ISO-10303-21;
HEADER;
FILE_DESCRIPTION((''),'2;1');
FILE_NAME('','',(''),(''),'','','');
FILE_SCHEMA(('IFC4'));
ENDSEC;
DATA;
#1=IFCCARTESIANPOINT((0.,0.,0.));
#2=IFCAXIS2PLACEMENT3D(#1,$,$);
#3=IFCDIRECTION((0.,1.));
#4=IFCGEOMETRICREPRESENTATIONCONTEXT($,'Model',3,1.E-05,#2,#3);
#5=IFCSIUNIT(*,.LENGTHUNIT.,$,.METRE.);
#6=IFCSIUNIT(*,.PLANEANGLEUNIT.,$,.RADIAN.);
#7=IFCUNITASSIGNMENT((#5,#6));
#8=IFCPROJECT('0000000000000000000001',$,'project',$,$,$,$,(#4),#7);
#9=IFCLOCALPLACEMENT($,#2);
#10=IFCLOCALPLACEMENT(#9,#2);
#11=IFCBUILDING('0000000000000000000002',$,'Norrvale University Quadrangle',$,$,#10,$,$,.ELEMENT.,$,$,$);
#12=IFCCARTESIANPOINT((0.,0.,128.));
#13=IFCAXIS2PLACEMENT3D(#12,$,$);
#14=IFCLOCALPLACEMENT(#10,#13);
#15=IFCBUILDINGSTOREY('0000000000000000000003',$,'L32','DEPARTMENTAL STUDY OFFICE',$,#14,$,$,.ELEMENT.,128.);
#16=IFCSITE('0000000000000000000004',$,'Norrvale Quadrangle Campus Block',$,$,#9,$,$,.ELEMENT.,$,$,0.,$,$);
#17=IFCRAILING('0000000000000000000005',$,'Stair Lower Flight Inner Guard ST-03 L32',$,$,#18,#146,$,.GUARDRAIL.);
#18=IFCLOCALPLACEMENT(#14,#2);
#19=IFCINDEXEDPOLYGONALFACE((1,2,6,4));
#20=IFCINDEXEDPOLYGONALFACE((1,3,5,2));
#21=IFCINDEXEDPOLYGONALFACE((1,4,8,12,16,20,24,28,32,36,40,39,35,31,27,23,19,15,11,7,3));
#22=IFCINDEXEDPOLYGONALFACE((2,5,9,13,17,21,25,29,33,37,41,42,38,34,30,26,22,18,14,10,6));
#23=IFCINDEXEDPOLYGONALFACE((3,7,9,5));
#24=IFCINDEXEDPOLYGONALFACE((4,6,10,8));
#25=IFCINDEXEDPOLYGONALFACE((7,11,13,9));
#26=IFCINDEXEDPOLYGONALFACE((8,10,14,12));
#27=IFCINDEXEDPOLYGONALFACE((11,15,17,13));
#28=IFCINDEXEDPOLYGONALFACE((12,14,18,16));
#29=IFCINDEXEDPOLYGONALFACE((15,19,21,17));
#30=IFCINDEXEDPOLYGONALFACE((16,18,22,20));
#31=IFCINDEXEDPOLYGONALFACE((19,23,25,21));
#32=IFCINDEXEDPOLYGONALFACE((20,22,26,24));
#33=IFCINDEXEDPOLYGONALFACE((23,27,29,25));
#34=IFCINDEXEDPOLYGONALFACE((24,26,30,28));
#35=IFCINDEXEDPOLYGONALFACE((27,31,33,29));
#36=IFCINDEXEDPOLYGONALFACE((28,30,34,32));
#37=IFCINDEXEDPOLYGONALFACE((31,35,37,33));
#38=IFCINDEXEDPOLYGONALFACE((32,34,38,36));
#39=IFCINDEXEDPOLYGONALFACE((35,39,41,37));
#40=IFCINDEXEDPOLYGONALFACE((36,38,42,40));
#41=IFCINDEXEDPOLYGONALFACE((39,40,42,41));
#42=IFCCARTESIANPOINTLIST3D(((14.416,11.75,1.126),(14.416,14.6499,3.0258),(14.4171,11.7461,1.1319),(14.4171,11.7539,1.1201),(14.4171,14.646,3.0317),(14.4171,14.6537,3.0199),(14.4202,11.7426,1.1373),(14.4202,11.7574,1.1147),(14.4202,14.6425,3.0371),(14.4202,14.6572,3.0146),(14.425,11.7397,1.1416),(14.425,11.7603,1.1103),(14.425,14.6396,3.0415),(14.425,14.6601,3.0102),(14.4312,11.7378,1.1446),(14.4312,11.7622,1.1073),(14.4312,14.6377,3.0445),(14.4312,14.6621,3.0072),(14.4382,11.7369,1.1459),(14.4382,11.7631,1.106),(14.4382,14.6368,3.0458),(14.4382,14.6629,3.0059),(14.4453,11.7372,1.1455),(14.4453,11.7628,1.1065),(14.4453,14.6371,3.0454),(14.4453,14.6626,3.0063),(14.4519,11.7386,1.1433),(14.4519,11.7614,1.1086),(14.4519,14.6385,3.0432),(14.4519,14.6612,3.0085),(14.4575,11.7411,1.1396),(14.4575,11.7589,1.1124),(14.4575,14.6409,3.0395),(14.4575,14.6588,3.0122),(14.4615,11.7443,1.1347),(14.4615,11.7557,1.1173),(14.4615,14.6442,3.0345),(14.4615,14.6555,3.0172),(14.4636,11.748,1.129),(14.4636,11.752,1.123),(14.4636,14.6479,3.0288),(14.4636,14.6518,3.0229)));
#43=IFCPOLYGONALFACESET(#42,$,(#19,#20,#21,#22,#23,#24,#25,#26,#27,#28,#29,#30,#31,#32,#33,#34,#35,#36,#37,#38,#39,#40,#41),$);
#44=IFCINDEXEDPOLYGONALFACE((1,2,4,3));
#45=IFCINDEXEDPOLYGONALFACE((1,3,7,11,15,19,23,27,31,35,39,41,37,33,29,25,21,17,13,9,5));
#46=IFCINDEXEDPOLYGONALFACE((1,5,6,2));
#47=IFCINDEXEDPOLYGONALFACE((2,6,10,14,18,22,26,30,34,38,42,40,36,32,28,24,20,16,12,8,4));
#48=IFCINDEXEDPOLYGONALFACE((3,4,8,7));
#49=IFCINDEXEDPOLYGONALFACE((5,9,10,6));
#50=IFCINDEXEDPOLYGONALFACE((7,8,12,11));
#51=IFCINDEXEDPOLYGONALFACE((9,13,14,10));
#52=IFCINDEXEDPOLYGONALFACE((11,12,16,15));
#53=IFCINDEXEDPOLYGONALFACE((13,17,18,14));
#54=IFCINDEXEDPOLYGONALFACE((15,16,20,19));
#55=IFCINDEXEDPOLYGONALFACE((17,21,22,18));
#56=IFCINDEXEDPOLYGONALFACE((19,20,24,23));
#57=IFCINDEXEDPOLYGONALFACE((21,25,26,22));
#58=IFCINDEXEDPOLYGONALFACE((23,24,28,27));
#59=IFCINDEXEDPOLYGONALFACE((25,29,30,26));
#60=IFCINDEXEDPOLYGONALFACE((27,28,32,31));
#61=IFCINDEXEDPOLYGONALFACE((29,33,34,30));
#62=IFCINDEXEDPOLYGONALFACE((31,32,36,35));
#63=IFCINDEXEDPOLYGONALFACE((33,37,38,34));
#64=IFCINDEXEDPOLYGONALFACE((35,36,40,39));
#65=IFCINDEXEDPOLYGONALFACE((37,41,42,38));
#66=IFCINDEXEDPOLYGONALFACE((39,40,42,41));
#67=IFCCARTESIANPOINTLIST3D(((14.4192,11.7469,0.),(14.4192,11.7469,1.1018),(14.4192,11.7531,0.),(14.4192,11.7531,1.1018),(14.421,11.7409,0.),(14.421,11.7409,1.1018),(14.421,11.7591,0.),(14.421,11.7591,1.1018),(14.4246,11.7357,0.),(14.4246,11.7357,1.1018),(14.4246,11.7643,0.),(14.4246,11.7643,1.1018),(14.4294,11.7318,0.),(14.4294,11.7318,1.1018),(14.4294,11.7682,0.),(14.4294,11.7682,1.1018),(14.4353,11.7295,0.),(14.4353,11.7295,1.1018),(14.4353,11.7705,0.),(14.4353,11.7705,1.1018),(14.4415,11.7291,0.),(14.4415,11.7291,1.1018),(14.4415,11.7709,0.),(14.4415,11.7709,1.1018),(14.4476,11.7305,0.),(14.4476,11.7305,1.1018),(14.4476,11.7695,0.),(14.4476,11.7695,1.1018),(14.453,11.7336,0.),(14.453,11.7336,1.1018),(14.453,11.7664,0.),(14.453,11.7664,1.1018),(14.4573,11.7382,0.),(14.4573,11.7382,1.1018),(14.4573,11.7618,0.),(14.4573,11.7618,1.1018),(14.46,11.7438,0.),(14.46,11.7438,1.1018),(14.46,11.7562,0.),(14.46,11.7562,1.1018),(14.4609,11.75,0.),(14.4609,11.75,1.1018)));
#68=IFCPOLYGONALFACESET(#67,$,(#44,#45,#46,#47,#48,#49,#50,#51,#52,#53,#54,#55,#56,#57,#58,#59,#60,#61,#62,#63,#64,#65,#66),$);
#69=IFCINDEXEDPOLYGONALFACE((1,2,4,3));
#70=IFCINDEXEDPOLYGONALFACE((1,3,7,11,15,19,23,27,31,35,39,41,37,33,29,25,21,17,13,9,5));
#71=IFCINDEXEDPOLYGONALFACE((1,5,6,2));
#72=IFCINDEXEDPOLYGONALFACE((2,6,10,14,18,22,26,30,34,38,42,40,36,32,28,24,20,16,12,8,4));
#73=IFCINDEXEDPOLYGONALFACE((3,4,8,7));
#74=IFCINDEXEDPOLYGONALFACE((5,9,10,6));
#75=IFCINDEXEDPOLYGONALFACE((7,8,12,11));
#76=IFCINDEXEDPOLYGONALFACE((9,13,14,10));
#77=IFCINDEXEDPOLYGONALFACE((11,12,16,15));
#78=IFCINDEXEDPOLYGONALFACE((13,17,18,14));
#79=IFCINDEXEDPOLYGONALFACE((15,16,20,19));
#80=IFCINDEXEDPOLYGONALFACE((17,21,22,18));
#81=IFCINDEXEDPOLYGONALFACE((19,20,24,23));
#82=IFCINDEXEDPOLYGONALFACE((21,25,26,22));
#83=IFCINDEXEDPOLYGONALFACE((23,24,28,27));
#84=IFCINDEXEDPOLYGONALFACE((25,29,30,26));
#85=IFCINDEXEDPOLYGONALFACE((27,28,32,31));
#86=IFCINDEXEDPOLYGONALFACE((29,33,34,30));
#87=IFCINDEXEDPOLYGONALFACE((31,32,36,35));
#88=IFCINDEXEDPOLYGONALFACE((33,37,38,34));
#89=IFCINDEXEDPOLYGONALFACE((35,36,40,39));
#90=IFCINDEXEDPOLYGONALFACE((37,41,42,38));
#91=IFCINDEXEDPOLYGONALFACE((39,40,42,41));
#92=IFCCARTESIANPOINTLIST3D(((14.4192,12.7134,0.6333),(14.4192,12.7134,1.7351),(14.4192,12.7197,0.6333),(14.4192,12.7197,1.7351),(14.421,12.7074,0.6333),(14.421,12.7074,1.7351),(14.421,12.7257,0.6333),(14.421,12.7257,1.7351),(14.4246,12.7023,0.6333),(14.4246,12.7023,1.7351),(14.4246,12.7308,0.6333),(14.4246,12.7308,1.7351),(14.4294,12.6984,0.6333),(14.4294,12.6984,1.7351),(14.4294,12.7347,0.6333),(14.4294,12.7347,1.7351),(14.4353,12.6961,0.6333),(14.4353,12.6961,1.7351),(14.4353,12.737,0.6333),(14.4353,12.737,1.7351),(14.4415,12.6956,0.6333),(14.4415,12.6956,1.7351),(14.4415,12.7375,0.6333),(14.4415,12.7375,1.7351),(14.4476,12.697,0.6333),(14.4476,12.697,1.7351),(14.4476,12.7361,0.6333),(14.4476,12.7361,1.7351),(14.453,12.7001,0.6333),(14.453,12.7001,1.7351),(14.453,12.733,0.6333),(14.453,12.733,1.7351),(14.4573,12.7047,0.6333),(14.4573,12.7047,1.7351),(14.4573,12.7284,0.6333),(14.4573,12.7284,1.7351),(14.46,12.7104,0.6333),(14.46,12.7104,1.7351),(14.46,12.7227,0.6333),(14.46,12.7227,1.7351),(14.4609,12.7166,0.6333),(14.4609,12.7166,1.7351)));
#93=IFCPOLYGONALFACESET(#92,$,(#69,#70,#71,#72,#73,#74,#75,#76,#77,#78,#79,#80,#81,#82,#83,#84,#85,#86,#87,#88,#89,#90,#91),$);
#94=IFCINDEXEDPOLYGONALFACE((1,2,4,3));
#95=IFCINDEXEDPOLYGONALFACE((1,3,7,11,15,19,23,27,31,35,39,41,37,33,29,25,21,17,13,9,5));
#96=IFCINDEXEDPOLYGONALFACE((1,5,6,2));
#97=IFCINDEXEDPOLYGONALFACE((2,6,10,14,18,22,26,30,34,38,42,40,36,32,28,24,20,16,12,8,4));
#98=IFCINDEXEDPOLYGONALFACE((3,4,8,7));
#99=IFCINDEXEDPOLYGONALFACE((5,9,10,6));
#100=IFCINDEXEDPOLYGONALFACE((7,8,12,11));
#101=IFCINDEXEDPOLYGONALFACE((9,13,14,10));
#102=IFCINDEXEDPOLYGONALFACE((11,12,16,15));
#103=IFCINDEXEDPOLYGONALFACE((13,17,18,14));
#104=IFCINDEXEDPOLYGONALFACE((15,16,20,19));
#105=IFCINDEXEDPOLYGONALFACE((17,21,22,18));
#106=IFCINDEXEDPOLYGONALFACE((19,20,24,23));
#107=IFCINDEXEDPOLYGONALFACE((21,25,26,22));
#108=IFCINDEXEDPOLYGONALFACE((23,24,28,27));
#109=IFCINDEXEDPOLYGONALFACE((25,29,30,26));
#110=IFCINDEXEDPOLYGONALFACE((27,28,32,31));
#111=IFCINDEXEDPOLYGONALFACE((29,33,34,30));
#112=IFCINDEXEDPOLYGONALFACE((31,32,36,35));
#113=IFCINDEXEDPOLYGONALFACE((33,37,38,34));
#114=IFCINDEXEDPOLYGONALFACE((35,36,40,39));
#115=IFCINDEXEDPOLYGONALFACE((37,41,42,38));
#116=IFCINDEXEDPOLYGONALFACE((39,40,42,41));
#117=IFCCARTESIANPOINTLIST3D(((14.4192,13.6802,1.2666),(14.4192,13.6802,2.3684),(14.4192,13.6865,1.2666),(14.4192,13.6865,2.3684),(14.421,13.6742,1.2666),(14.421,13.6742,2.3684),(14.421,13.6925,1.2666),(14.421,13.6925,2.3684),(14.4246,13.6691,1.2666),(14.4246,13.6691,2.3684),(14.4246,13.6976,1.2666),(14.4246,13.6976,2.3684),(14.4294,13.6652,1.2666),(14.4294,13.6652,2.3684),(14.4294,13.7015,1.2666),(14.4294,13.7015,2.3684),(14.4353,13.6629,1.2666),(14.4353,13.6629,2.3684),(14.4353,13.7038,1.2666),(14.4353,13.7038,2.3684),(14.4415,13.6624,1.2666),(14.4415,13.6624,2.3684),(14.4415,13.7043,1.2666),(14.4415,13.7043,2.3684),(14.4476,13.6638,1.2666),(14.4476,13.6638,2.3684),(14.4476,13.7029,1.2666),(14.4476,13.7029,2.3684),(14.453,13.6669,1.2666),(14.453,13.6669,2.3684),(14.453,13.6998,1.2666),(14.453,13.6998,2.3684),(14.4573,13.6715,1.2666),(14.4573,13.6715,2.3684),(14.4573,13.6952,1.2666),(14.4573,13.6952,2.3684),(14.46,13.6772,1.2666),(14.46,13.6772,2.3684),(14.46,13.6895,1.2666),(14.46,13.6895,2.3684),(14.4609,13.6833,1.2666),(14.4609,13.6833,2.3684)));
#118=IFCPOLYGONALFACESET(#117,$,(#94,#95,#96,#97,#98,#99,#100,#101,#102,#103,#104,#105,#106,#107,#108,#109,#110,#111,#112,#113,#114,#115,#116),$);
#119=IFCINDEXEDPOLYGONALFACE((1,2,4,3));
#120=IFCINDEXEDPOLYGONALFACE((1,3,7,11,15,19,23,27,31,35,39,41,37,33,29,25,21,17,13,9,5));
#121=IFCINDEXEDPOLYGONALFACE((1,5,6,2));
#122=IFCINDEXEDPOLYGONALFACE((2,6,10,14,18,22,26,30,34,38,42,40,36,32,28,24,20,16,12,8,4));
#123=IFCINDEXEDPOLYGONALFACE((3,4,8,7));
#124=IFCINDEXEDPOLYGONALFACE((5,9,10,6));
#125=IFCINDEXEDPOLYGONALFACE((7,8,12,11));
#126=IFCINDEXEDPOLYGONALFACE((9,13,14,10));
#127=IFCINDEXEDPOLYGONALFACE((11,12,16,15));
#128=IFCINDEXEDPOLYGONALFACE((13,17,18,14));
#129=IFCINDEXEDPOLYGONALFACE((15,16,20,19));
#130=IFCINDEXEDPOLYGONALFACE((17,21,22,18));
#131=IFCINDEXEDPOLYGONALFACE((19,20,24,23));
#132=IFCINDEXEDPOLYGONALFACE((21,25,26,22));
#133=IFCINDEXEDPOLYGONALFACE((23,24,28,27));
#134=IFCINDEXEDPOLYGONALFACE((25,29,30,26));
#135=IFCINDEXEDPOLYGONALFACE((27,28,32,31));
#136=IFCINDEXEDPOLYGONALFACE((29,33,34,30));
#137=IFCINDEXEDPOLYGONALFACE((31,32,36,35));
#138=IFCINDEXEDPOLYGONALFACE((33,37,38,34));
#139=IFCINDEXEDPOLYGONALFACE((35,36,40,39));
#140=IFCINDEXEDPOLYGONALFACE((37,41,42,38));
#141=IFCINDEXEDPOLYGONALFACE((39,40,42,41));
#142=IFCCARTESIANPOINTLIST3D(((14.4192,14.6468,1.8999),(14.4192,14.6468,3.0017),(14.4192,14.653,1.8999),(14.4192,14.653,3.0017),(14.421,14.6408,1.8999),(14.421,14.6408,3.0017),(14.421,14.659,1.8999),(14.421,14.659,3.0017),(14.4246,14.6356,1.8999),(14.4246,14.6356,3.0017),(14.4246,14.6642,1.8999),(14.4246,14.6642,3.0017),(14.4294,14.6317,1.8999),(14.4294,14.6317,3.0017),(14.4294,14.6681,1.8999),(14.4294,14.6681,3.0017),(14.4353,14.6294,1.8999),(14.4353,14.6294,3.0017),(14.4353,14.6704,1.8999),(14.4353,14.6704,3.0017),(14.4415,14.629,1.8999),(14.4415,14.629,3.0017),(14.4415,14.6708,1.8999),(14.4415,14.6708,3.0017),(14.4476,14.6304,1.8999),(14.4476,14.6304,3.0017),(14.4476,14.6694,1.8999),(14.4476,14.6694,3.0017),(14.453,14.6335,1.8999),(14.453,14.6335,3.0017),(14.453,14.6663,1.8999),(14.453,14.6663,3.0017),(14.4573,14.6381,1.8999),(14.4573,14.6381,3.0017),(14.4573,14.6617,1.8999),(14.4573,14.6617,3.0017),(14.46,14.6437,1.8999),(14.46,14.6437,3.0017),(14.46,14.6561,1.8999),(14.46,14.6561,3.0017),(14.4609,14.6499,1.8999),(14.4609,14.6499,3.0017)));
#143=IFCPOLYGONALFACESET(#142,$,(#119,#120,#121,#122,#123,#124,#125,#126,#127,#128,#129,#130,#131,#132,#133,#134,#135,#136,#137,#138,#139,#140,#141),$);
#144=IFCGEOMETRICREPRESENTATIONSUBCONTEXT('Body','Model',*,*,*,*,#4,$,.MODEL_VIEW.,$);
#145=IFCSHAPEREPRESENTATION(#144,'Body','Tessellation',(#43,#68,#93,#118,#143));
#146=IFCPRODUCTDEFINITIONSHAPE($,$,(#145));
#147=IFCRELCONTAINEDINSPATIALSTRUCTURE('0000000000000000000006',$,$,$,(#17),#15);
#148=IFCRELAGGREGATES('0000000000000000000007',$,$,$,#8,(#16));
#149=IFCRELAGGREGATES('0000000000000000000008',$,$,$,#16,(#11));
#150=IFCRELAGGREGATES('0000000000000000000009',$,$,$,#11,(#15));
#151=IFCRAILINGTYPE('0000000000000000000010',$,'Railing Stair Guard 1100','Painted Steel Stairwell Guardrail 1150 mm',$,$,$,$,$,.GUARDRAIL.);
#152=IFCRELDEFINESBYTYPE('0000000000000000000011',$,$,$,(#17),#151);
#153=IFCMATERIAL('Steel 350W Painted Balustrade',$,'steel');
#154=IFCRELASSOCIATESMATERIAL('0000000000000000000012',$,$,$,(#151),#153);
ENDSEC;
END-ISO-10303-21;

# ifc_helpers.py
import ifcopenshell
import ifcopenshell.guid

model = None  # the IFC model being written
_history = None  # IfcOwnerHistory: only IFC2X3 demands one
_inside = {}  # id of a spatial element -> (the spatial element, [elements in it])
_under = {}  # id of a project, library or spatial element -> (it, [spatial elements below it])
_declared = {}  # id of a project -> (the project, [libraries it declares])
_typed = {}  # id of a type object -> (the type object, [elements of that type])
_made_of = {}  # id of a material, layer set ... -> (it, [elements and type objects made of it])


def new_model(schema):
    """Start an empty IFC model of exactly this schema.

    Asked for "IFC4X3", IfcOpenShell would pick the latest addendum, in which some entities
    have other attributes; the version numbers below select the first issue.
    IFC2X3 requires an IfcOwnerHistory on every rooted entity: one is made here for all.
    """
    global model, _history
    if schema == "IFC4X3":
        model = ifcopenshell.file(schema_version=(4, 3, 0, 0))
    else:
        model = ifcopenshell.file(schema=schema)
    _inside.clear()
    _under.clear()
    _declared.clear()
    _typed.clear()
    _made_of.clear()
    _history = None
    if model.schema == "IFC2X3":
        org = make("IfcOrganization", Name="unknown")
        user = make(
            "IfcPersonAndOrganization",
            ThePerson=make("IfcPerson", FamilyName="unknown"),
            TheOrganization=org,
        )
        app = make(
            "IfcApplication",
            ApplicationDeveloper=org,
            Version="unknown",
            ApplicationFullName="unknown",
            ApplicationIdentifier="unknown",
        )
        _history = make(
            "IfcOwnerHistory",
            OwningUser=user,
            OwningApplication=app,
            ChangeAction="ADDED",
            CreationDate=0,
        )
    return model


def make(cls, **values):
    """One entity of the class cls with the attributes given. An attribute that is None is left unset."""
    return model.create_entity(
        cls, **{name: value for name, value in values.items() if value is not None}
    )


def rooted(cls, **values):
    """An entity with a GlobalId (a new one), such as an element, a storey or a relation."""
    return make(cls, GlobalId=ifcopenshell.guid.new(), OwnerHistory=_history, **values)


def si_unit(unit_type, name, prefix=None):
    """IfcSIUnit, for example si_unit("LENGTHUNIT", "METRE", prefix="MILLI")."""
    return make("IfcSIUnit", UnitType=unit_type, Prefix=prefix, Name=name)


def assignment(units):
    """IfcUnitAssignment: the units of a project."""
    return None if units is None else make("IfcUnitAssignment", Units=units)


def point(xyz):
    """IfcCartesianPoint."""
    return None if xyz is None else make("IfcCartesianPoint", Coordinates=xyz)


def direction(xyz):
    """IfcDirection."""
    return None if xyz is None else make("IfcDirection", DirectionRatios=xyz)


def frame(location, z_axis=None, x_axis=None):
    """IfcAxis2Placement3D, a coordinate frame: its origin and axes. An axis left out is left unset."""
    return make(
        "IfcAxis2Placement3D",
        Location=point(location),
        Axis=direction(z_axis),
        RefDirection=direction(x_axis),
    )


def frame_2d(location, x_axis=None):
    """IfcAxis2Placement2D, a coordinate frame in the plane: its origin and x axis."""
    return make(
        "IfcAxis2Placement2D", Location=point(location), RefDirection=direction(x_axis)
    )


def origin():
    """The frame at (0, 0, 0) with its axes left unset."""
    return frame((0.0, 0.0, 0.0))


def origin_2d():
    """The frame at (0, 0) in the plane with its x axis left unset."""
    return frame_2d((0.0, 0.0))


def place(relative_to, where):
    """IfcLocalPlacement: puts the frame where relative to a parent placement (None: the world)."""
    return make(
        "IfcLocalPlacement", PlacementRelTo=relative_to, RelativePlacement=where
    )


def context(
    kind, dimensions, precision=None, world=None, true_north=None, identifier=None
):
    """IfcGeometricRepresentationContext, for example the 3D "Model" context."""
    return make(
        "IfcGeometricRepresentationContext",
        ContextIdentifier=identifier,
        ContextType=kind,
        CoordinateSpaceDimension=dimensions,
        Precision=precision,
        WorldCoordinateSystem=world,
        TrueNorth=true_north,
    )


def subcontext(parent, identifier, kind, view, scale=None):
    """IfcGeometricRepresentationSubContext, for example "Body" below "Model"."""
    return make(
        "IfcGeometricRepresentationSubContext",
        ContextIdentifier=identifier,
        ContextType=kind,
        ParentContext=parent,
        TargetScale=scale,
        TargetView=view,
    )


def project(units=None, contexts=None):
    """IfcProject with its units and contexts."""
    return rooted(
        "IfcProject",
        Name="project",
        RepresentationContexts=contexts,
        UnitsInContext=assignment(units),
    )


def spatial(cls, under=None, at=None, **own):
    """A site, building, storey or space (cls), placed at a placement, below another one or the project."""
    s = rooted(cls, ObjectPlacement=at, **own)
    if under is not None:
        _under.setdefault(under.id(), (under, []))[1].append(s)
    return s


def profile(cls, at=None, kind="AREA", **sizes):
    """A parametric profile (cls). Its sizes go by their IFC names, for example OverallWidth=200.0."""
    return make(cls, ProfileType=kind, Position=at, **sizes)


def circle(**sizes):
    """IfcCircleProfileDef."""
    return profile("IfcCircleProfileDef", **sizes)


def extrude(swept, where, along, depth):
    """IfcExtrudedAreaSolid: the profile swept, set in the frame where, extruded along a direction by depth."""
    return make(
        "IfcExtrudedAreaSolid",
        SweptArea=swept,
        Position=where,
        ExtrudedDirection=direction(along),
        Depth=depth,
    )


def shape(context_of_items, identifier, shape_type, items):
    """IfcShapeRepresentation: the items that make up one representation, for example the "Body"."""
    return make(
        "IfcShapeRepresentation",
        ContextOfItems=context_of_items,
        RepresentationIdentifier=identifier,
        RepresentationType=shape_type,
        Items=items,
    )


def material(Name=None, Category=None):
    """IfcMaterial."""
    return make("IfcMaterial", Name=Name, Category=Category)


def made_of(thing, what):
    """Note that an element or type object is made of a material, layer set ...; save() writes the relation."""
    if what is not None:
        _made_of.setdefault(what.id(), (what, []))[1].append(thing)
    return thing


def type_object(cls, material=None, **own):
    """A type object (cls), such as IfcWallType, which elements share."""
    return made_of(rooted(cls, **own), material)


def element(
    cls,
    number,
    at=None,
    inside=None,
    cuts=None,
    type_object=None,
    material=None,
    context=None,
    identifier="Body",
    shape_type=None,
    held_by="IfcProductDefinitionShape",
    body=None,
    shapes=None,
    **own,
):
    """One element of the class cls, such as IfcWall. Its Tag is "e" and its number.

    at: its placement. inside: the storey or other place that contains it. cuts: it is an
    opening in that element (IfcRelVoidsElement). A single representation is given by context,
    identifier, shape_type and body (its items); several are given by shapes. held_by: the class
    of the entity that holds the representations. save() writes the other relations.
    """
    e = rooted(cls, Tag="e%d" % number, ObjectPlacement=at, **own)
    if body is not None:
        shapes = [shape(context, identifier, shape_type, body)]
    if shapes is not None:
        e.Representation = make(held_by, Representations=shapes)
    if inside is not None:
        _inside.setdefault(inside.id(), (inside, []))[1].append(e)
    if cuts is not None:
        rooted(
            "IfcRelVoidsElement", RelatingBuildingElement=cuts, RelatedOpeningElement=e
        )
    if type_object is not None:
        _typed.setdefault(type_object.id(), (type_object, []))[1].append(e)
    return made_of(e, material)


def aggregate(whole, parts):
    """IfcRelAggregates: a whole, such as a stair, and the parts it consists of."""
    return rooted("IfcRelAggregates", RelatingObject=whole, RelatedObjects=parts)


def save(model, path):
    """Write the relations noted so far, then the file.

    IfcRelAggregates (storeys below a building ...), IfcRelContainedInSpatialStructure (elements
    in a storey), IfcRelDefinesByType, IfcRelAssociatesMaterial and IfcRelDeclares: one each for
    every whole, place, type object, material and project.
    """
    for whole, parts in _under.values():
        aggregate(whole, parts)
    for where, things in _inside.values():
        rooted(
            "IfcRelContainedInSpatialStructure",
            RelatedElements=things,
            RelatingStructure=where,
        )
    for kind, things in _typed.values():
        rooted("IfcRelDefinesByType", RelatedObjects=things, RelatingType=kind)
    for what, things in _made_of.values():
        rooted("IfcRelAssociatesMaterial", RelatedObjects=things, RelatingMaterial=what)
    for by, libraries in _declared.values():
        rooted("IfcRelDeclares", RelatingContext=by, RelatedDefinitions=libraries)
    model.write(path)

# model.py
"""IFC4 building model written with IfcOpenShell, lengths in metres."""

from ifc_helpers import new_model, si_unit, direction, frame, origin, origin_2d, place, context, subcontext, project, spatial, circle, extrude, material, type_object, element, save


model = new_model("IFC4")

# Units and contexts
model_context = context("Model", 3, precision=1e-05, world=origin(), true_north=direction((0.0, 1.0)))
body_context = subcontext(model_context, "Body", "Model", "MODEL_VIEW")
ifc_project = project(units=[si_unit("LENGTHUNIT", "METRE"), si_unit("PLANEANGLEUNIT", "RADIAN")], contexts=[model_context])

# Site, building, storey
site_placement = place(None, origin())
site = spatial("IfcSite", under=ifc_project, at=site_placement, Name="Norrvale Quadrangle Campus Block", CompositionType="ELEMENT", RefElevation=0.0)
building_placement = place(site_placement, origin())
building = spatial("IfcBuilding", under=site, at=building_placement, Name="Norrvale University Quadrangle", CompositionType="ELEMENT")
storey_placement = place(building_placement, frame((0.0, 0.0, 128.0)))
storey = spatial("IfcBuildingStorey", under=building, at=storey_placement, Name="L32", Description="DEPARTMENTAL STUDY OFFICE", CompositionType="ELEMENT", Elevation=128.0)

# Railing
ifc_material_1 = material(Name="Steel 350W Painted Balustrade", Category="steel")
railing_type_1 = type_object("IfcRailingType", Name="Railing Stair Guard 1100", Description="Painted Steel Stairwell Guardrail 1150 mm", PredefinedType="GUARDRAIL", material=ifc_material_1)
railing_1_placement = place(storey_placement, frame((14.4399, 11.75, 0.0)))
element("IfcRailing", 1, at=railing_1_placement, inside=storey, type_object=railing_type_1, Name="Stair Lower Flight Inner Guard ST-03 L32", PredefinedType="GUARDRAIL", context=body_context, shape_type="SweptSolid", body=[
    extrude(circle(Radius=0.0239, at=origin_2d()), frame((0.0, 0.0, 1.126), z_axis=(0.0, 0.836466, 0.548019), x_axis=(-1.0, 0.0, 0.0)), (0.0, 0.0, 1.0), 3.4668),
    extrude(circle(Radius=0.021, at=origin_2d()), origin(), (0.0, 0.0, 1.0), 1.1018),
    extrude(circle(Radius=0.021, at=origin_2d()), frame((0.0, 0.9666, 0.6333)), (0.0, 0.0, 1.0), 1.1018),
    extrude(circle(Radius=0.021, at=origin_2d()), frame((0.0, 1.9333, 1.2666)), (0.0, 0.0, 1.0), 1.1018),
    extrude(circle(Radius=0.021, at=origin_2d()), frame((0.0, 2.8999, 1.8999)), (0.0, 0.0, 1.0), 1.1018),
])

save(model, "model.ifc")
